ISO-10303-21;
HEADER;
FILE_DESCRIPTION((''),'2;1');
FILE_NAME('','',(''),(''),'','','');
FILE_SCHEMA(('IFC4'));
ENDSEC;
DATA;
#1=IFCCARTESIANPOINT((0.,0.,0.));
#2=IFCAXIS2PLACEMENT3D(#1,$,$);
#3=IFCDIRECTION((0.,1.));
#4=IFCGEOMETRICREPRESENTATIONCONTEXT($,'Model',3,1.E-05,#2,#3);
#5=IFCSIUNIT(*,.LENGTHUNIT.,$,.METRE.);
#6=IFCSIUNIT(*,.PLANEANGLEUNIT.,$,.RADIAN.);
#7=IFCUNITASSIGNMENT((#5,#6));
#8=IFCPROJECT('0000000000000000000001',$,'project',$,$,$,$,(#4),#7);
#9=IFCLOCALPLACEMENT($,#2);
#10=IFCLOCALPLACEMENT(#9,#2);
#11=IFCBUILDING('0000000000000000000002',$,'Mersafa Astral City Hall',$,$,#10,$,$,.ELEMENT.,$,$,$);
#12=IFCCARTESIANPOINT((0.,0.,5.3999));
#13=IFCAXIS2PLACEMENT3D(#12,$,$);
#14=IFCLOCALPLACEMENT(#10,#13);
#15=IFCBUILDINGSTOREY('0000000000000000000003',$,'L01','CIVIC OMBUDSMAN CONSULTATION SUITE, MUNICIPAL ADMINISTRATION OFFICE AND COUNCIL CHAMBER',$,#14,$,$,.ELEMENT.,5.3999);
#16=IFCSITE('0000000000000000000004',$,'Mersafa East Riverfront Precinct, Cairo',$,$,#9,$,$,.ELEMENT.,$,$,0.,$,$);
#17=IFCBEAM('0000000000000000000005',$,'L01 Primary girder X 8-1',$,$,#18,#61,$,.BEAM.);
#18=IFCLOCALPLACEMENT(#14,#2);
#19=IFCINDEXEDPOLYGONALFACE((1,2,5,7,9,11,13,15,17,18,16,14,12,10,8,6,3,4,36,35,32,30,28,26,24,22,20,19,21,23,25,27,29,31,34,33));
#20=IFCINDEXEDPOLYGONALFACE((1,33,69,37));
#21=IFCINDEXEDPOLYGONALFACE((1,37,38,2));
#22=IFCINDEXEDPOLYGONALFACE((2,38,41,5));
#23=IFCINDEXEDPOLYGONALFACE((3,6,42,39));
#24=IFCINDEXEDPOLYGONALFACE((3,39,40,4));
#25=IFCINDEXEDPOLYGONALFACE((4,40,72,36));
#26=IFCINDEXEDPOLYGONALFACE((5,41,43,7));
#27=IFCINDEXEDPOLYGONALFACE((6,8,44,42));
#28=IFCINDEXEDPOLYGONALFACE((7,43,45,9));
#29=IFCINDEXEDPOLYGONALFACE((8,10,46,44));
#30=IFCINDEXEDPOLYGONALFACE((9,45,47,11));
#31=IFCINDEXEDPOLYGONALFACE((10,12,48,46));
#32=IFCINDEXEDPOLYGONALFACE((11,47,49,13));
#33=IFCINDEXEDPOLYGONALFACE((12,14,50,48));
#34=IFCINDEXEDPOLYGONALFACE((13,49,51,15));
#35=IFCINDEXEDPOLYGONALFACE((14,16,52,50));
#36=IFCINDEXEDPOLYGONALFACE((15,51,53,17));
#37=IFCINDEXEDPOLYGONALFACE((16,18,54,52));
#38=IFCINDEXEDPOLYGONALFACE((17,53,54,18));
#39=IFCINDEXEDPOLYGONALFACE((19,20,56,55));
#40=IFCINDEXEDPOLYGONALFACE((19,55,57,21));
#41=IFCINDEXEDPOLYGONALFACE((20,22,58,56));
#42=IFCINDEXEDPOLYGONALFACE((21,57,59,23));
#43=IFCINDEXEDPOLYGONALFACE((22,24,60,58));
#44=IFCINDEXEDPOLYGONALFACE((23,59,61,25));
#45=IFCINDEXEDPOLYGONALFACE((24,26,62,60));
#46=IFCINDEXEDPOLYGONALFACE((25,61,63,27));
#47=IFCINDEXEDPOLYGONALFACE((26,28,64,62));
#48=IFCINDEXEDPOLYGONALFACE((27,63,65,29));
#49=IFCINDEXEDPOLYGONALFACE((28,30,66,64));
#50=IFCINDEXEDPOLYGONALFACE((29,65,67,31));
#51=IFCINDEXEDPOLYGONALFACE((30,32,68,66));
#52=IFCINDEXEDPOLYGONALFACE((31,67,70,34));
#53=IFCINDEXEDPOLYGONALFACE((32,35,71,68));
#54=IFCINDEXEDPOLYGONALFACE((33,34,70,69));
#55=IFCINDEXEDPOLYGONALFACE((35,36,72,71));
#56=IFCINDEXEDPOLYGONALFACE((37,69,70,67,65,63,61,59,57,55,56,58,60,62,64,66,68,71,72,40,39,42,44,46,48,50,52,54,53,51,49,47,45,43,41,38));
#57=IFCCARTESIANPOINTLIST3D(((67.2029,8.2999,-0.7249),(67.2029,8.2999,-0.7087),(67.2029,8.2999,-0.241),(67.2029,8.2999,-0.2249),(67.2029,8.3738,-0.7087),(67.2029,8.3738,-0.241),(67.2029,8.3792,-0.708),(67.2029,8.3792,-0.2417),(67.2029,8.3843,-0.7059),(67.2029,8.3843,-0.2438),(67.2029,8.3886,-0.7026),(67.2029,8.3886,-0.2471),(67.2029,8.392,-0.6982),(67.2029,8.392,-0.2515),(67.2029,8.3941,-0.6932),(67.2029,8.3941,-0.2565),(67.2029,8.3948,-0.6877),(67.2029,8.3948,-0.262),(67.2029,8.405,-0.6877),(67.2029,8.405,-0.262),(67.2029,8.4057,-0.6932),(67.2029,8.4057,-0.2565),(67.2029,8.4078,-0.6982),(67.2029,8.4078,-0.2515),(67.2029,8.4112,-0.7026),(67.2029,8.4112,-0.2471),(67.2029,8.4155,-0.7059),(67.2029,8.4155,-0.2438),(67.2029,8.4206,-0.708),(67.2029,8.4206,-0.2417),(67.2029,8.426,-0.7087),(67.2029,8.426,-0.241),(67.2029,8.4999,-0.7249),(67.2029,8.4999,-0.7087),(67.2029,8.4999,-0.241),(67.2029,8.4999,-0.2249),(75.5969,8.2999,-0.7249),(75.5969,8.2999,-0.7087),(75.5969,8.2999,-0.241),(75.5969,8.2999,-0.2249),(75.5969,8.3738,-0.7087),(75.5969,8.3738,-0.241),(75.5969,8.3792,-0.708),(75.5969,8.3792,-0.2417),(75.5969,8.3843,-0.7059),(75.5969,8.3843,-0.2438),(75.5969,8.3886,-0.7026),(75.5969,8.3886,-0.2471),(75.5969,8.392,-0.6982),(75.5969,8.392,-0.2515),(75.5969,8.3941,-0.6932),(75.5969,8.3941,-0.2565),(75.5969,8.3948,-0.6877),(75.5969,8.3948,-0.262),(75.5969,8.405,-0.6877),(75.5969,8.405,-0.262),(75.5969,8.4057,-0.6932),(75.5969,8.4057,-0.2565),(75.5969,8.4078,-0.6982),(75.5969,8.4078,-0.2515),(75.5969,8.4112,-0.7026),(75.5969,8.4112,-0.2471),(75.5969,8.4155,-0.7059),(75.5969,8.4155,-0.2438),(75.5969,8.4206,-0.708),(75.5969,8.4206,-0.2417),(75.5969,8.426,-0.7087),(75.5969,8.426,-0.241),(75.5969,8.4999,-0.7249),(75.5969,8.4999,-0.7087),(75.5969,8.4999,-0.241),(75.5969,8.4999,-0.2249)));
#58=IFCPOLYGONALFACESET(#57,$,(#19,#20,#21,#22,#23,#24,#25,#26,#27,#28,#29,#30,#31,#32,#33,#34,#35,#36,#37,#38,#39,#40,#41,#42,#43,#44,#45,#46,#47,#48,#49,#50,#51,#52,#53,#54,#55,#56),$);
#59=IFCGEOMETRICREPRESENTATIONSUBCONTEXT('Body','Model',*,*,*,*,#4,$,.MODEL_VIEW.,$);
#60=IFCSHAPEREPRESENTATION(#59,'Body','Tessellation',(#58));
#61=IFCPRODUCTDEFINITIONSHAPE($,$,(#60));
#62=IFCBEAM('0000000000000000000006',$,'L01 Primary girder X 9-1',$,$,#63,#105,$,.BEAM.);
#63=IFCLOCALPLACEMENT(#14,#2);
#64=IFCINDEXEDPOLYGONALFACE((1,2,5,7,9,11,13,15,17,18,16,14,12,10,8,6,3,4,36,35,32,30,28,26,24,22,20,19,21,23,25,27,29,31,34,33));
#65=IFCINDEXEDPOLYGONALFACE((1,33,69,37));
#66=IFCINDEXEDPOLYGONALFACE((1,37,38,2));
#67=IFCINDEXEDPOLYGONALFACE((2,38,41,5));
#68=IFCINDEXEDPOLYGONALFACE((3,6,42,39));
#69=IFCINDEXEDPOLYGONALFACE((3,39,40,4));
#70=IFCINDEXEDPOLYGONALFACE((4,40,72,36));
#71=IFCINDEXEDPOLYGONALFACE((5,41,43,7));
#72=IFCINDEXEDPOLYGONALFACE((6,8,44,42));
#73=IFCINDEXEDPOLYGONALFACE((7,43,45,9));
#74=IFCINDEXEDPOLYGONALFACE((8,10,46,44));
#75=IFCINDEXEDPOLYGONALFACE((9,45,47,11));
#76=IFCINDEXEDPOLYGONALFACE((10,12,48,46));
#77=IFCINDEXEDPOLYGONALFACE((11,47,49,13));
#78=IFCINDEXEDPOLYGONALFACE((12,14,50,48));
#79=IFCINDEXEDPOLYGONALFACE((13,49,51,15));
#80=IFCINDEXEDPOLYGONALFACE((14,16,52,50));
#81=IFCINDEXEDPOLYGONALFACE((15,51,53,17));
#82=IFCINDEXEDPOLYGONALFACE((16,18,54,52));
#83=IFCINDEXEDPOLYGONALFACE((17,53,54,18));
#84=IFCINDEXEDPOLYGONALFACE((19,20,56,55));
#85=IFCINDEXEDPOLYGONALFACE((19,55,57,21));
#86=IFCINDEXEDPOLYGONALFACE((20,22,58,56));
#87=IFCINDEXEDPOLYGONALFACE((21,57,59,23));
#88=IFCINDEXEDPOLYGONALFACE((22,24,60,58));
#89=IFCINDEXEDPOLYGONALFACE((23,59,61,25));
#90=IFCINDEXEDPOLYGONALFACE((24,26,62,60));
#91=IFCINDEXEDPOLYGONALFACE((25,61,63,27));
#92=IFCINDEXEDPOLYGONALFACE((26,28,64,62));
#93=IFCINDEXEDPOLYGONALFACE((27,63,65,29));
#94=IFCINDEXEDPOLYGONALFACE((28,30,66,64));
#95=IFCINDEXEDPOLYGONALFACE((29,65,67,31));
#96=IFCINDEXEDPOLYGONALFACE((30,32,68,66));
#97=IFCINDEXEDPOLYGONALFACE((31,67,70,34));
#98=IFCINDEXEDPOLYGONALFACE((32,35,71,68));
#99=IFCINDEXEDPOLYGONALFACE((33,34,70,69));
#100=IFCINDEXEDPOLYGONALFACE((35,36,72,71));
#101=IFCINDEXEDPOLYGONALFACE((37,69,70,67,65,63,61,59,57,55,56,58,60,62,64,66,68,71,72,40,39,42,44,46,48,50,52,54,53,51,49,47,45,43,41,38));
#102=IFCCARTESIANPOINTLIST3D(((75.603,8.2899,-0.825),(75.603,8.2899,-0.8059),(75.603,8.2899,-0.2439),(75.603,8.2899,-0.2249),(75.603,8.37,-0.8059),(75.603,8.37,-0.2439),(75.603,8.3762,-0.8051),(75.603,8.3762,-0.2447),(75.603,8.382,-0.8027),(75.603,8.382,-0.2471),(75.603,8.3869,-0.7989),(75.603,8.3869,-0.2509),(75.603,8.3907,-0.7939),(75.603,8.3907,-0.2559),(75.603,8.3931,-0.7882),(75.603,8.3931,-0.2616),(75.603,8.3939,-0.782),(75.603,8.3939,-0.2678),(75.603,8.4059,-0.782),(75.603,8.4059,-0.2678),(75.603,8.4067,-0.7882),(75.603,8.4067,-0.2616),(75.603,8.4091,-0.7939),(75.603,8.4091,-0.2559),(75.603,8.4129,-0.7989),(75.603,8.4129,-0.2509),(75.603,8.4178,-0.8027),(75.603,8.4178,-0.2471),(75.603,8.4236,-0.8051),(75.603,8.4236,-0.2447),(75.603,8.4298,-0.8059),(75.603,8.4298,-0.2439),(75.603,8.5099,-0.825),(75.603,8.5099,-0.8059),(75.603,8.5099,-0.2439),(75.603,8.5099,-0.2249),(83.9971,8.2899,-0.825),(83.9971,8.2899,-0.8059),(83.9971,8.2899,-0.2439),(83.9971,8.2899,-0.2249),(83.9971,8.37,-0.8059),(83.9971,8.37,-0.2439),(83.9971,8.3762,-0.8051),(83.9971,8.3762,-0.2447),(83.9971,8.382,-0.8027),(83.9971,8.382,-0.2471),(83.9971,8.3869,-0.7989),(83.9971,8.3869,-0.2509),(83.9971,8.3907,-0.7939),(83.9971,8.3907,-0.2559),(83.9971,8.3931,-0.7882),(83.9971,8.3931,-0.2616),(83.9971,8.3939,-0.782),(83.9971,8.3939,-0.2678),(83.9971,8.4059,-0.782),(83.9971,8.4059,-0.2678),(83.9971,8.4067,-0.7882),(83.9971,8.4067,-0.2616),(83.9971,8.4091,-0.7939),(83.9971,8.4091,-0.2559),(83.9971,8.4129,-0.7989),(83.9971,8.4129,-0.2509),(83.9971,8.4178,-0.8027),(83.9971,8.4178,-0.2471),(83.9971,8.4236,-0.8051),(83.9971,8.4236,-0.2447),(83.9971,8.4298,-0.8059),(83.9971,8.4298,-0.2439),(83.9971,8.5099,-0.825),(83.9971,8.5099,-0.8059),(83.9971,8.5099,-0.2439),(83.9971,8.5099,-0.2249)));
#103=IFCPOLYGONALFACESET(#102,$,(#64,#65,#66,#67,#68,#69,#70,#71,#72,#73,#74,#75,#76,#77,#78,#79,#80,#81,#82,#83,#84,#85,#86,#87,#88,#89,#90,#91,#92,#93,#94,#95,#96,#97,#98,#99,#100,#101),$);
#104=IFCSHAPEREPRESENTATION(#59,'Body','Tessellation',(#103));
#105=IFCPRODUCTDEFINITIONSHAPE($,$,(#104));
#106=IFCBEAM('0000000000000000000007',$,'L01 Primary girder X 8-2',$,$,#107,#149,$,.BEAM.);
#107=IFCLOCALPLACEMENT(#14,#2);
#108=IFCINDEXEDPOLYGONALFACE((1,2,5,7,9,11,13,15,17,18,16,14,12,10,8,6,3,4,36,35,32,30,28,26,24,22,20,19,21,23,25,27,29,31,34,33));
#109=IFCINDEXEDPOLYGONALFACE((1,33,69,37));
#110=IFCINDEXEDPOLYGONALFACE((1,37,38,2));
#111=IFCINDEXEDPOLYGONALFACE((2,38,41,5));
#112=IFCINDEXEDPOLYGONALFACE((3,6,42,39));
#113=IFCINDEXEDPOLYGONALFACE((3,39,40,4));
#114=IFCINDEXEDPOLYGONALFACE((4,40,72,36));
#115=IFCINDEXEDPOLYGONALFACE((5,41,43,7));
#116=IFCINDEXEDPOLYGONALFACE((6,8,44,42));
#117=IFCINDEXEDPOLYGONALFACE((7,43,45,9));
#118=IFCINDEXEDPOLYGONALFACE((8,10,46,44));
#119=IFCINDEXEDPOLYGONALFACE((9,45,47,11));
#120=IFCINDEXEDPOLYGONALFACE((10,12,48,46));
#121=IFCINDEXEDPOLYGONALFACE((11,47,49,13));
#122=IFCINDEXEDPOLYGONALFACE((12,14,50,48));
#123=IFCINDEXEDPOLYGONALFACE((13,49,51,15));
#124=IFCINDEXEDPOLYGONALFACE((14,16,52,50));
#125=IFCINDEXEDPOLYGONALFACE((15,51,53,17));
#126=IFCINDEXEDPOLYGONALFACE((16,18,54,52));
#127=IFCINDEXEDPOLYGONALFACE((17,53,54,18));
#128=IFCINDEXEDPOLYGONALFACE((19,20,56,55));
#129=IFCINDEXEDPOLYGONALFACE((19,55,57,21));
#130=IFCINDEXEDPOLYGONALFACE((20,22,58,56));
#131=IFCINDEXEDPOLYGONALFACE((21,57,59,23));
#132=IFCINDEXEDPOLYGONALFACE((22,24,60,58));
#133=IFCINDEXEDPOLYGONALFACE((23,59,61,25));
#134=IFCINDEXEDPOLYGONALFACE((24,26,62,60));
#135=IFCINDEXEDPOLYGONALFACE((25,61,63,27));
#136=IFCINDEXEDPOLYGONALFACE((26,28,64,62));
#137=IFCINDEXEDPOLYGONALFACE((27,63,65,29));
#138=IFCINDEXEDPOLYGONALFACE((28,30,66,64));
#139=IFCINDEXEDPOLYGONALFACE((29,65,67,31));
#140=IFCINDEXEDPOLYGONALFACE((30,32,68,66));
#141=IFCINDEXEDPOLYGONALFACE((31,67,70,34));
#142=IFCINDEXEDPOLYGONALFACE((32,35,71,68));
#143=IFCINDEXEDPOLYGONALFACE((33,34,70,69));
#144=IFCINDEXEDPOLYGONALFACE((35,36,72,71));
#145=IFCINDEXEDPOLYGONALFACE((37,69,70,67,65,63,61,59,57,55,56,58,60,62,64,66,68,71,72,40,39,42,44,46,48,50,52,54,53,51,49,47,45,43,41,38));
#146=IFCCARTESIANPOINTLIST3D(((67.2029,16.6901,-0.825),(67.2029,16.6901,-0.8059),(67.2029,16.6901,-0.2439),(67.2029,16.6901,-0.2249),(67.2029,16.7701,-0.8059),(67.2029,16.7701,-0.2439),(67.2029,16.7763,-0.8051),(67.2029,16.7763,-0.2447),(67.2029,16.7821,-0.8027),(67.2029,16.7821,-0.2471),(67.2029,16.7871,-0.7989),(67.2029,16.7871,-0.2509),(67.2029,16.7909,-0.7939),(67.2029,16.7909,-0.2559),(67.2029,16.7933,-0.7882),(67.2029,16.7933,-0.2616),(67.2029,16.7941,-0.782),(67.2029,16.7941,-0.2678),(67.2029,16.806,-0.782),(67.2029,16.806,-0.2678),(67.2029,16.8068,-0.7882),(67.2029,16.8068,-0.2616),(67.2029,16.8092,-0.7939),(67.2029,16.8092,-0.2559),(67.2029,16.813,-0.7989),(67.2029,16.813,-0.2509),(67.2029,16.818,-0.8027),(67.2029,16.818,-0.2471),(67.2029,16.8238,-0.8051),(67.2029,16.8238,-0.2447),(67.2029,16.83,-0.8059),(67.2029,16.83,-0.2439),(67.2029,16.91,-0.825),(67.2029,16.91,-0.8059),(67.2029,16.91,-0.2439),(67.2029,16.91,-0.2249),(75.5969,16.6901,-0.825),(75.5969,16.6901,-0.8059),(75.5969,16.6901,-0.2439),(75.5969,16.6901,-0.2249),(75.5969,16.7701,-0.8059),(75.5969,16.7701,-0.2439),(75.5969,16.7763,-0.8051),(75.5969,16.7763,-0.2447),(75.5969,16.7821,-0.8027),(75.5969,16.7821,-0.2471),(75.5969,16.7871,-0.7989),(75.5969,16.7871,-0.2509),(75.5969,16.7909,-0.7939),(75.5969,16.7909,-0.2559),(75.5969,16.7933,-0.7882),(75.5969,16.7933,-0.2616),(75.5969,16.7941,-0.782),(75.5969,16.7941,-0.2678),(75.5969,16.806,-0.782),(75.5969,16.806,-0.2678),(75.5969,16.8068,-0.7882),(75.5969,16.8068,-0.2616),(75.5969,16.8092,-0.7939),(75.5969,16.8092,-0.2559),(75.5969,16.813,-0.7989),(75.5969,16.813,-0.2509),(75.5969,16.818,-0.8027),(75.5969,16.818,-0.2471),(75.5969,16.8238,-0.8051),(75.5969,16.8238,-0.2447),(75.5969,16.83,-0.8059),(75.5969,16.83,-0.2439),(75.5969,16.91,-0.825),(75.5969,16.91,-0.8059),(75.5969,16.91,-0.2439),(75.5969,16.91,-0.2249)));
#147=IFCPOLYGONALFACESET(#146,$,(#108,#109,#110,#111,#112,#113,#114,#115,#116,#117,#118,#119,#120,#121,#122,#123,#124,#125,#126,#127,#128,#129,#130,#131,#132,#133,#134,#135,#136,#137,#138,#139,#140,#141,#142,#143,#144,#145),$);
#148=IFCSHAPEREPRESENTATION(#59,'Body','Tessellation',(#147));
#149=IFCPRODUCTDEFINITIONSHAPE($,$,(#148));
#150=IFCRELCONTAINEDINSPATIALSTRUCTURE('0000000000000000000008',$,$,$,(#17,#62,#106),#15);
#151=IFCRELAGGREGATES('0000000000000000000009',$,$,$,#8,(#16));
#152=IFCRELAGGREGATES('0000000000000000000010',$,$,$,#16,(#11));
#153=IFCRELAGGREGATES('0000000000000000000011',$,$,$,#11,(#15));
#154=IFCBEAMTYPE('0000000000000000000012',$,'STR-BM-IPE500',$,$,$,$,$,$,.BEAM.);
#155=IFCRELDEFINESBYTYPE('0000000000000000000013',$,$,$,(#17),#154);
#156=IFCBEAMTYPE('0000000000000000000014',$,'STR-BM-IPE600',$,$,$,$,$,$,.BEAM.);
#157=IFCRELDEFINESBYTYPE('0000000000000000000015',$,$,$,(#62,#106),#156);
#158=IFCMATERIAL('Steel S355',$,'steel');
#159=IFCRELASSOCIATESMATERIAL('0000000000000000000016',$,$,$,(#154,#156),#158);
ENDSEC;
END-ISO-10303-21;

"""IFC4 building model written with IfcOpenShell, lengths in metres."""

from ifc_helpers import new_model, si_unit, direction, frame, origin, origin_2d, place, context, subcontext, project, spatial, i_section, extrude, material, material_profile, profile_set, type_object, element, save


model = new_model("IFC4")

# Units and contexts
model_context = context("Model", 3, precision=1e-05, world=origin(), true_north=direction((0.0, 1.0)))
body_context = subcontext(model_context, "Body", "Model", "MODEL_VIEW")
ifc_project = project(units=[si_unit("LENGTHUNIT", "METRE"), si_unit("PLANEANGLEUNIT", "RADIAN")], contexts=[model_context])

# Site, building, storey
site_placement = place(None, origin())
site = spatial("IfcSite", under=ifc_project, at=site_placement, Name="Mersafa East Riverfront Precinct, Cairo", CompositionType="ELEMENT", RefElevation=0.0)
building_placement = place(site_placement, origin())
building = spatial("IfcBuilding", under=site, at=building_placement, Name="Mersafa Astral City Hall", CompositionType="ELEMENT")
storey_placement = place(building_placement, frame((0.0, 0.0, 5.3999)))
storey = spatial("IfcBuildingStorey", under=building, at=storey_placement, Name="L01", Description="CIVIC OMBUDSMAN CONSULTATION SUITE, MUNICIPAL ADMINISTRATION OFFICE AND COUNCIL CHAMBER", CompositionType="ELEMENT", Elevation=5.3999)

# Shared definitions
ifc_material_1 = material(Name="Steel S355", Category="steel")

# Beams
ifc_material_profile_1 = material_profile(ifc_material_1, i_section(OverallWidth=0.2, OverallDepth=0.5, WebThickness=0.0103, FlangeThickness=0.0161, FilletRadius=0.021, at=origin_2d()), Name="IPE 500")
ifc_profile_set_1 = profile_set([ifc_material_profile_1], Name="Steel S355")
beam_type_1 = type_object("IfcBeamType", Name="STR-BM-IPE500", PredefinedType="BEAM", material=ifc_profile_set_1)
beam_1_placement = place(storey_placement, frame((67.2029, 8.3999, -0.4749), z_axis=(1.0, 0.0, 0.0), x_axis=(0.0, 1.0, 0.0)))
element("IfcBeam", 1, at=beam_1_placement, inside=storey, type_object=beam_type_1, Name="L01 Primary girder X 8-1", PredefinedType="BEAM", context=body_context, shape_type="SweptSolid", body=[
    extrude(i_section(OverallWidth=0.2, OverallDepth=0.5, WebThickness=0.0103, FlangeThickness=0.0161, FilletRadius=0.021, at=origin_2d()), origin(), (0.0, 0.0, 1.0), 8.394),
])
ifc_material_profile_2 = material_profile(ifc_material_1, i_section(OverallWidth=0.22, OverallDepth=0.6001, WebThickness=0.012, FlangeThickness=0.019, FilletRadius=0.0239, at=origin_2d()), Name="IPE 600")
ifc_profile_set_2 = profile_set([ifc_material_profile_2], Name="Steel S355")
beam_type_2 = type_object("IfcBeamType", Name="STR-BM-IPE600", PredefinedType="BEAM", material=ifc_profile_set_2)
for number, where, z_axis, x_axis, name in (
    (2, (75.603, 8.3999, -0.5249), (1.0, 0.0, 0.0), (0.0, 1.0, 0.0), "L01 Primary girder X 9-1"),
    (3, (67.2029, 16.8, -0.5249), (1.0, 0.0, 0.0), (0.0, 1.0, 0.0), "L01 Primary girder X 8-2"),
):
    element("IfcBeam", number, at=place(storey_placement, frame(where, z_axis=z_axis, x_axis=x_axis)), inside=storey, type_object=beam_type_2, Name=name, PredefinedType="BEAM", context=body_context, shape_type="SweptSolid", body=[
        extrude(i_section(OverallWidth=0.22, OverallDepth=0.6001, WebThickness=0.012, FlangeThickness=0.019, FilletRadius=0.0239, at=origin_2d()), origin(), (0.0, 0.0, 1.0), 8.394),
    ])

save(model, "model.ifc")
